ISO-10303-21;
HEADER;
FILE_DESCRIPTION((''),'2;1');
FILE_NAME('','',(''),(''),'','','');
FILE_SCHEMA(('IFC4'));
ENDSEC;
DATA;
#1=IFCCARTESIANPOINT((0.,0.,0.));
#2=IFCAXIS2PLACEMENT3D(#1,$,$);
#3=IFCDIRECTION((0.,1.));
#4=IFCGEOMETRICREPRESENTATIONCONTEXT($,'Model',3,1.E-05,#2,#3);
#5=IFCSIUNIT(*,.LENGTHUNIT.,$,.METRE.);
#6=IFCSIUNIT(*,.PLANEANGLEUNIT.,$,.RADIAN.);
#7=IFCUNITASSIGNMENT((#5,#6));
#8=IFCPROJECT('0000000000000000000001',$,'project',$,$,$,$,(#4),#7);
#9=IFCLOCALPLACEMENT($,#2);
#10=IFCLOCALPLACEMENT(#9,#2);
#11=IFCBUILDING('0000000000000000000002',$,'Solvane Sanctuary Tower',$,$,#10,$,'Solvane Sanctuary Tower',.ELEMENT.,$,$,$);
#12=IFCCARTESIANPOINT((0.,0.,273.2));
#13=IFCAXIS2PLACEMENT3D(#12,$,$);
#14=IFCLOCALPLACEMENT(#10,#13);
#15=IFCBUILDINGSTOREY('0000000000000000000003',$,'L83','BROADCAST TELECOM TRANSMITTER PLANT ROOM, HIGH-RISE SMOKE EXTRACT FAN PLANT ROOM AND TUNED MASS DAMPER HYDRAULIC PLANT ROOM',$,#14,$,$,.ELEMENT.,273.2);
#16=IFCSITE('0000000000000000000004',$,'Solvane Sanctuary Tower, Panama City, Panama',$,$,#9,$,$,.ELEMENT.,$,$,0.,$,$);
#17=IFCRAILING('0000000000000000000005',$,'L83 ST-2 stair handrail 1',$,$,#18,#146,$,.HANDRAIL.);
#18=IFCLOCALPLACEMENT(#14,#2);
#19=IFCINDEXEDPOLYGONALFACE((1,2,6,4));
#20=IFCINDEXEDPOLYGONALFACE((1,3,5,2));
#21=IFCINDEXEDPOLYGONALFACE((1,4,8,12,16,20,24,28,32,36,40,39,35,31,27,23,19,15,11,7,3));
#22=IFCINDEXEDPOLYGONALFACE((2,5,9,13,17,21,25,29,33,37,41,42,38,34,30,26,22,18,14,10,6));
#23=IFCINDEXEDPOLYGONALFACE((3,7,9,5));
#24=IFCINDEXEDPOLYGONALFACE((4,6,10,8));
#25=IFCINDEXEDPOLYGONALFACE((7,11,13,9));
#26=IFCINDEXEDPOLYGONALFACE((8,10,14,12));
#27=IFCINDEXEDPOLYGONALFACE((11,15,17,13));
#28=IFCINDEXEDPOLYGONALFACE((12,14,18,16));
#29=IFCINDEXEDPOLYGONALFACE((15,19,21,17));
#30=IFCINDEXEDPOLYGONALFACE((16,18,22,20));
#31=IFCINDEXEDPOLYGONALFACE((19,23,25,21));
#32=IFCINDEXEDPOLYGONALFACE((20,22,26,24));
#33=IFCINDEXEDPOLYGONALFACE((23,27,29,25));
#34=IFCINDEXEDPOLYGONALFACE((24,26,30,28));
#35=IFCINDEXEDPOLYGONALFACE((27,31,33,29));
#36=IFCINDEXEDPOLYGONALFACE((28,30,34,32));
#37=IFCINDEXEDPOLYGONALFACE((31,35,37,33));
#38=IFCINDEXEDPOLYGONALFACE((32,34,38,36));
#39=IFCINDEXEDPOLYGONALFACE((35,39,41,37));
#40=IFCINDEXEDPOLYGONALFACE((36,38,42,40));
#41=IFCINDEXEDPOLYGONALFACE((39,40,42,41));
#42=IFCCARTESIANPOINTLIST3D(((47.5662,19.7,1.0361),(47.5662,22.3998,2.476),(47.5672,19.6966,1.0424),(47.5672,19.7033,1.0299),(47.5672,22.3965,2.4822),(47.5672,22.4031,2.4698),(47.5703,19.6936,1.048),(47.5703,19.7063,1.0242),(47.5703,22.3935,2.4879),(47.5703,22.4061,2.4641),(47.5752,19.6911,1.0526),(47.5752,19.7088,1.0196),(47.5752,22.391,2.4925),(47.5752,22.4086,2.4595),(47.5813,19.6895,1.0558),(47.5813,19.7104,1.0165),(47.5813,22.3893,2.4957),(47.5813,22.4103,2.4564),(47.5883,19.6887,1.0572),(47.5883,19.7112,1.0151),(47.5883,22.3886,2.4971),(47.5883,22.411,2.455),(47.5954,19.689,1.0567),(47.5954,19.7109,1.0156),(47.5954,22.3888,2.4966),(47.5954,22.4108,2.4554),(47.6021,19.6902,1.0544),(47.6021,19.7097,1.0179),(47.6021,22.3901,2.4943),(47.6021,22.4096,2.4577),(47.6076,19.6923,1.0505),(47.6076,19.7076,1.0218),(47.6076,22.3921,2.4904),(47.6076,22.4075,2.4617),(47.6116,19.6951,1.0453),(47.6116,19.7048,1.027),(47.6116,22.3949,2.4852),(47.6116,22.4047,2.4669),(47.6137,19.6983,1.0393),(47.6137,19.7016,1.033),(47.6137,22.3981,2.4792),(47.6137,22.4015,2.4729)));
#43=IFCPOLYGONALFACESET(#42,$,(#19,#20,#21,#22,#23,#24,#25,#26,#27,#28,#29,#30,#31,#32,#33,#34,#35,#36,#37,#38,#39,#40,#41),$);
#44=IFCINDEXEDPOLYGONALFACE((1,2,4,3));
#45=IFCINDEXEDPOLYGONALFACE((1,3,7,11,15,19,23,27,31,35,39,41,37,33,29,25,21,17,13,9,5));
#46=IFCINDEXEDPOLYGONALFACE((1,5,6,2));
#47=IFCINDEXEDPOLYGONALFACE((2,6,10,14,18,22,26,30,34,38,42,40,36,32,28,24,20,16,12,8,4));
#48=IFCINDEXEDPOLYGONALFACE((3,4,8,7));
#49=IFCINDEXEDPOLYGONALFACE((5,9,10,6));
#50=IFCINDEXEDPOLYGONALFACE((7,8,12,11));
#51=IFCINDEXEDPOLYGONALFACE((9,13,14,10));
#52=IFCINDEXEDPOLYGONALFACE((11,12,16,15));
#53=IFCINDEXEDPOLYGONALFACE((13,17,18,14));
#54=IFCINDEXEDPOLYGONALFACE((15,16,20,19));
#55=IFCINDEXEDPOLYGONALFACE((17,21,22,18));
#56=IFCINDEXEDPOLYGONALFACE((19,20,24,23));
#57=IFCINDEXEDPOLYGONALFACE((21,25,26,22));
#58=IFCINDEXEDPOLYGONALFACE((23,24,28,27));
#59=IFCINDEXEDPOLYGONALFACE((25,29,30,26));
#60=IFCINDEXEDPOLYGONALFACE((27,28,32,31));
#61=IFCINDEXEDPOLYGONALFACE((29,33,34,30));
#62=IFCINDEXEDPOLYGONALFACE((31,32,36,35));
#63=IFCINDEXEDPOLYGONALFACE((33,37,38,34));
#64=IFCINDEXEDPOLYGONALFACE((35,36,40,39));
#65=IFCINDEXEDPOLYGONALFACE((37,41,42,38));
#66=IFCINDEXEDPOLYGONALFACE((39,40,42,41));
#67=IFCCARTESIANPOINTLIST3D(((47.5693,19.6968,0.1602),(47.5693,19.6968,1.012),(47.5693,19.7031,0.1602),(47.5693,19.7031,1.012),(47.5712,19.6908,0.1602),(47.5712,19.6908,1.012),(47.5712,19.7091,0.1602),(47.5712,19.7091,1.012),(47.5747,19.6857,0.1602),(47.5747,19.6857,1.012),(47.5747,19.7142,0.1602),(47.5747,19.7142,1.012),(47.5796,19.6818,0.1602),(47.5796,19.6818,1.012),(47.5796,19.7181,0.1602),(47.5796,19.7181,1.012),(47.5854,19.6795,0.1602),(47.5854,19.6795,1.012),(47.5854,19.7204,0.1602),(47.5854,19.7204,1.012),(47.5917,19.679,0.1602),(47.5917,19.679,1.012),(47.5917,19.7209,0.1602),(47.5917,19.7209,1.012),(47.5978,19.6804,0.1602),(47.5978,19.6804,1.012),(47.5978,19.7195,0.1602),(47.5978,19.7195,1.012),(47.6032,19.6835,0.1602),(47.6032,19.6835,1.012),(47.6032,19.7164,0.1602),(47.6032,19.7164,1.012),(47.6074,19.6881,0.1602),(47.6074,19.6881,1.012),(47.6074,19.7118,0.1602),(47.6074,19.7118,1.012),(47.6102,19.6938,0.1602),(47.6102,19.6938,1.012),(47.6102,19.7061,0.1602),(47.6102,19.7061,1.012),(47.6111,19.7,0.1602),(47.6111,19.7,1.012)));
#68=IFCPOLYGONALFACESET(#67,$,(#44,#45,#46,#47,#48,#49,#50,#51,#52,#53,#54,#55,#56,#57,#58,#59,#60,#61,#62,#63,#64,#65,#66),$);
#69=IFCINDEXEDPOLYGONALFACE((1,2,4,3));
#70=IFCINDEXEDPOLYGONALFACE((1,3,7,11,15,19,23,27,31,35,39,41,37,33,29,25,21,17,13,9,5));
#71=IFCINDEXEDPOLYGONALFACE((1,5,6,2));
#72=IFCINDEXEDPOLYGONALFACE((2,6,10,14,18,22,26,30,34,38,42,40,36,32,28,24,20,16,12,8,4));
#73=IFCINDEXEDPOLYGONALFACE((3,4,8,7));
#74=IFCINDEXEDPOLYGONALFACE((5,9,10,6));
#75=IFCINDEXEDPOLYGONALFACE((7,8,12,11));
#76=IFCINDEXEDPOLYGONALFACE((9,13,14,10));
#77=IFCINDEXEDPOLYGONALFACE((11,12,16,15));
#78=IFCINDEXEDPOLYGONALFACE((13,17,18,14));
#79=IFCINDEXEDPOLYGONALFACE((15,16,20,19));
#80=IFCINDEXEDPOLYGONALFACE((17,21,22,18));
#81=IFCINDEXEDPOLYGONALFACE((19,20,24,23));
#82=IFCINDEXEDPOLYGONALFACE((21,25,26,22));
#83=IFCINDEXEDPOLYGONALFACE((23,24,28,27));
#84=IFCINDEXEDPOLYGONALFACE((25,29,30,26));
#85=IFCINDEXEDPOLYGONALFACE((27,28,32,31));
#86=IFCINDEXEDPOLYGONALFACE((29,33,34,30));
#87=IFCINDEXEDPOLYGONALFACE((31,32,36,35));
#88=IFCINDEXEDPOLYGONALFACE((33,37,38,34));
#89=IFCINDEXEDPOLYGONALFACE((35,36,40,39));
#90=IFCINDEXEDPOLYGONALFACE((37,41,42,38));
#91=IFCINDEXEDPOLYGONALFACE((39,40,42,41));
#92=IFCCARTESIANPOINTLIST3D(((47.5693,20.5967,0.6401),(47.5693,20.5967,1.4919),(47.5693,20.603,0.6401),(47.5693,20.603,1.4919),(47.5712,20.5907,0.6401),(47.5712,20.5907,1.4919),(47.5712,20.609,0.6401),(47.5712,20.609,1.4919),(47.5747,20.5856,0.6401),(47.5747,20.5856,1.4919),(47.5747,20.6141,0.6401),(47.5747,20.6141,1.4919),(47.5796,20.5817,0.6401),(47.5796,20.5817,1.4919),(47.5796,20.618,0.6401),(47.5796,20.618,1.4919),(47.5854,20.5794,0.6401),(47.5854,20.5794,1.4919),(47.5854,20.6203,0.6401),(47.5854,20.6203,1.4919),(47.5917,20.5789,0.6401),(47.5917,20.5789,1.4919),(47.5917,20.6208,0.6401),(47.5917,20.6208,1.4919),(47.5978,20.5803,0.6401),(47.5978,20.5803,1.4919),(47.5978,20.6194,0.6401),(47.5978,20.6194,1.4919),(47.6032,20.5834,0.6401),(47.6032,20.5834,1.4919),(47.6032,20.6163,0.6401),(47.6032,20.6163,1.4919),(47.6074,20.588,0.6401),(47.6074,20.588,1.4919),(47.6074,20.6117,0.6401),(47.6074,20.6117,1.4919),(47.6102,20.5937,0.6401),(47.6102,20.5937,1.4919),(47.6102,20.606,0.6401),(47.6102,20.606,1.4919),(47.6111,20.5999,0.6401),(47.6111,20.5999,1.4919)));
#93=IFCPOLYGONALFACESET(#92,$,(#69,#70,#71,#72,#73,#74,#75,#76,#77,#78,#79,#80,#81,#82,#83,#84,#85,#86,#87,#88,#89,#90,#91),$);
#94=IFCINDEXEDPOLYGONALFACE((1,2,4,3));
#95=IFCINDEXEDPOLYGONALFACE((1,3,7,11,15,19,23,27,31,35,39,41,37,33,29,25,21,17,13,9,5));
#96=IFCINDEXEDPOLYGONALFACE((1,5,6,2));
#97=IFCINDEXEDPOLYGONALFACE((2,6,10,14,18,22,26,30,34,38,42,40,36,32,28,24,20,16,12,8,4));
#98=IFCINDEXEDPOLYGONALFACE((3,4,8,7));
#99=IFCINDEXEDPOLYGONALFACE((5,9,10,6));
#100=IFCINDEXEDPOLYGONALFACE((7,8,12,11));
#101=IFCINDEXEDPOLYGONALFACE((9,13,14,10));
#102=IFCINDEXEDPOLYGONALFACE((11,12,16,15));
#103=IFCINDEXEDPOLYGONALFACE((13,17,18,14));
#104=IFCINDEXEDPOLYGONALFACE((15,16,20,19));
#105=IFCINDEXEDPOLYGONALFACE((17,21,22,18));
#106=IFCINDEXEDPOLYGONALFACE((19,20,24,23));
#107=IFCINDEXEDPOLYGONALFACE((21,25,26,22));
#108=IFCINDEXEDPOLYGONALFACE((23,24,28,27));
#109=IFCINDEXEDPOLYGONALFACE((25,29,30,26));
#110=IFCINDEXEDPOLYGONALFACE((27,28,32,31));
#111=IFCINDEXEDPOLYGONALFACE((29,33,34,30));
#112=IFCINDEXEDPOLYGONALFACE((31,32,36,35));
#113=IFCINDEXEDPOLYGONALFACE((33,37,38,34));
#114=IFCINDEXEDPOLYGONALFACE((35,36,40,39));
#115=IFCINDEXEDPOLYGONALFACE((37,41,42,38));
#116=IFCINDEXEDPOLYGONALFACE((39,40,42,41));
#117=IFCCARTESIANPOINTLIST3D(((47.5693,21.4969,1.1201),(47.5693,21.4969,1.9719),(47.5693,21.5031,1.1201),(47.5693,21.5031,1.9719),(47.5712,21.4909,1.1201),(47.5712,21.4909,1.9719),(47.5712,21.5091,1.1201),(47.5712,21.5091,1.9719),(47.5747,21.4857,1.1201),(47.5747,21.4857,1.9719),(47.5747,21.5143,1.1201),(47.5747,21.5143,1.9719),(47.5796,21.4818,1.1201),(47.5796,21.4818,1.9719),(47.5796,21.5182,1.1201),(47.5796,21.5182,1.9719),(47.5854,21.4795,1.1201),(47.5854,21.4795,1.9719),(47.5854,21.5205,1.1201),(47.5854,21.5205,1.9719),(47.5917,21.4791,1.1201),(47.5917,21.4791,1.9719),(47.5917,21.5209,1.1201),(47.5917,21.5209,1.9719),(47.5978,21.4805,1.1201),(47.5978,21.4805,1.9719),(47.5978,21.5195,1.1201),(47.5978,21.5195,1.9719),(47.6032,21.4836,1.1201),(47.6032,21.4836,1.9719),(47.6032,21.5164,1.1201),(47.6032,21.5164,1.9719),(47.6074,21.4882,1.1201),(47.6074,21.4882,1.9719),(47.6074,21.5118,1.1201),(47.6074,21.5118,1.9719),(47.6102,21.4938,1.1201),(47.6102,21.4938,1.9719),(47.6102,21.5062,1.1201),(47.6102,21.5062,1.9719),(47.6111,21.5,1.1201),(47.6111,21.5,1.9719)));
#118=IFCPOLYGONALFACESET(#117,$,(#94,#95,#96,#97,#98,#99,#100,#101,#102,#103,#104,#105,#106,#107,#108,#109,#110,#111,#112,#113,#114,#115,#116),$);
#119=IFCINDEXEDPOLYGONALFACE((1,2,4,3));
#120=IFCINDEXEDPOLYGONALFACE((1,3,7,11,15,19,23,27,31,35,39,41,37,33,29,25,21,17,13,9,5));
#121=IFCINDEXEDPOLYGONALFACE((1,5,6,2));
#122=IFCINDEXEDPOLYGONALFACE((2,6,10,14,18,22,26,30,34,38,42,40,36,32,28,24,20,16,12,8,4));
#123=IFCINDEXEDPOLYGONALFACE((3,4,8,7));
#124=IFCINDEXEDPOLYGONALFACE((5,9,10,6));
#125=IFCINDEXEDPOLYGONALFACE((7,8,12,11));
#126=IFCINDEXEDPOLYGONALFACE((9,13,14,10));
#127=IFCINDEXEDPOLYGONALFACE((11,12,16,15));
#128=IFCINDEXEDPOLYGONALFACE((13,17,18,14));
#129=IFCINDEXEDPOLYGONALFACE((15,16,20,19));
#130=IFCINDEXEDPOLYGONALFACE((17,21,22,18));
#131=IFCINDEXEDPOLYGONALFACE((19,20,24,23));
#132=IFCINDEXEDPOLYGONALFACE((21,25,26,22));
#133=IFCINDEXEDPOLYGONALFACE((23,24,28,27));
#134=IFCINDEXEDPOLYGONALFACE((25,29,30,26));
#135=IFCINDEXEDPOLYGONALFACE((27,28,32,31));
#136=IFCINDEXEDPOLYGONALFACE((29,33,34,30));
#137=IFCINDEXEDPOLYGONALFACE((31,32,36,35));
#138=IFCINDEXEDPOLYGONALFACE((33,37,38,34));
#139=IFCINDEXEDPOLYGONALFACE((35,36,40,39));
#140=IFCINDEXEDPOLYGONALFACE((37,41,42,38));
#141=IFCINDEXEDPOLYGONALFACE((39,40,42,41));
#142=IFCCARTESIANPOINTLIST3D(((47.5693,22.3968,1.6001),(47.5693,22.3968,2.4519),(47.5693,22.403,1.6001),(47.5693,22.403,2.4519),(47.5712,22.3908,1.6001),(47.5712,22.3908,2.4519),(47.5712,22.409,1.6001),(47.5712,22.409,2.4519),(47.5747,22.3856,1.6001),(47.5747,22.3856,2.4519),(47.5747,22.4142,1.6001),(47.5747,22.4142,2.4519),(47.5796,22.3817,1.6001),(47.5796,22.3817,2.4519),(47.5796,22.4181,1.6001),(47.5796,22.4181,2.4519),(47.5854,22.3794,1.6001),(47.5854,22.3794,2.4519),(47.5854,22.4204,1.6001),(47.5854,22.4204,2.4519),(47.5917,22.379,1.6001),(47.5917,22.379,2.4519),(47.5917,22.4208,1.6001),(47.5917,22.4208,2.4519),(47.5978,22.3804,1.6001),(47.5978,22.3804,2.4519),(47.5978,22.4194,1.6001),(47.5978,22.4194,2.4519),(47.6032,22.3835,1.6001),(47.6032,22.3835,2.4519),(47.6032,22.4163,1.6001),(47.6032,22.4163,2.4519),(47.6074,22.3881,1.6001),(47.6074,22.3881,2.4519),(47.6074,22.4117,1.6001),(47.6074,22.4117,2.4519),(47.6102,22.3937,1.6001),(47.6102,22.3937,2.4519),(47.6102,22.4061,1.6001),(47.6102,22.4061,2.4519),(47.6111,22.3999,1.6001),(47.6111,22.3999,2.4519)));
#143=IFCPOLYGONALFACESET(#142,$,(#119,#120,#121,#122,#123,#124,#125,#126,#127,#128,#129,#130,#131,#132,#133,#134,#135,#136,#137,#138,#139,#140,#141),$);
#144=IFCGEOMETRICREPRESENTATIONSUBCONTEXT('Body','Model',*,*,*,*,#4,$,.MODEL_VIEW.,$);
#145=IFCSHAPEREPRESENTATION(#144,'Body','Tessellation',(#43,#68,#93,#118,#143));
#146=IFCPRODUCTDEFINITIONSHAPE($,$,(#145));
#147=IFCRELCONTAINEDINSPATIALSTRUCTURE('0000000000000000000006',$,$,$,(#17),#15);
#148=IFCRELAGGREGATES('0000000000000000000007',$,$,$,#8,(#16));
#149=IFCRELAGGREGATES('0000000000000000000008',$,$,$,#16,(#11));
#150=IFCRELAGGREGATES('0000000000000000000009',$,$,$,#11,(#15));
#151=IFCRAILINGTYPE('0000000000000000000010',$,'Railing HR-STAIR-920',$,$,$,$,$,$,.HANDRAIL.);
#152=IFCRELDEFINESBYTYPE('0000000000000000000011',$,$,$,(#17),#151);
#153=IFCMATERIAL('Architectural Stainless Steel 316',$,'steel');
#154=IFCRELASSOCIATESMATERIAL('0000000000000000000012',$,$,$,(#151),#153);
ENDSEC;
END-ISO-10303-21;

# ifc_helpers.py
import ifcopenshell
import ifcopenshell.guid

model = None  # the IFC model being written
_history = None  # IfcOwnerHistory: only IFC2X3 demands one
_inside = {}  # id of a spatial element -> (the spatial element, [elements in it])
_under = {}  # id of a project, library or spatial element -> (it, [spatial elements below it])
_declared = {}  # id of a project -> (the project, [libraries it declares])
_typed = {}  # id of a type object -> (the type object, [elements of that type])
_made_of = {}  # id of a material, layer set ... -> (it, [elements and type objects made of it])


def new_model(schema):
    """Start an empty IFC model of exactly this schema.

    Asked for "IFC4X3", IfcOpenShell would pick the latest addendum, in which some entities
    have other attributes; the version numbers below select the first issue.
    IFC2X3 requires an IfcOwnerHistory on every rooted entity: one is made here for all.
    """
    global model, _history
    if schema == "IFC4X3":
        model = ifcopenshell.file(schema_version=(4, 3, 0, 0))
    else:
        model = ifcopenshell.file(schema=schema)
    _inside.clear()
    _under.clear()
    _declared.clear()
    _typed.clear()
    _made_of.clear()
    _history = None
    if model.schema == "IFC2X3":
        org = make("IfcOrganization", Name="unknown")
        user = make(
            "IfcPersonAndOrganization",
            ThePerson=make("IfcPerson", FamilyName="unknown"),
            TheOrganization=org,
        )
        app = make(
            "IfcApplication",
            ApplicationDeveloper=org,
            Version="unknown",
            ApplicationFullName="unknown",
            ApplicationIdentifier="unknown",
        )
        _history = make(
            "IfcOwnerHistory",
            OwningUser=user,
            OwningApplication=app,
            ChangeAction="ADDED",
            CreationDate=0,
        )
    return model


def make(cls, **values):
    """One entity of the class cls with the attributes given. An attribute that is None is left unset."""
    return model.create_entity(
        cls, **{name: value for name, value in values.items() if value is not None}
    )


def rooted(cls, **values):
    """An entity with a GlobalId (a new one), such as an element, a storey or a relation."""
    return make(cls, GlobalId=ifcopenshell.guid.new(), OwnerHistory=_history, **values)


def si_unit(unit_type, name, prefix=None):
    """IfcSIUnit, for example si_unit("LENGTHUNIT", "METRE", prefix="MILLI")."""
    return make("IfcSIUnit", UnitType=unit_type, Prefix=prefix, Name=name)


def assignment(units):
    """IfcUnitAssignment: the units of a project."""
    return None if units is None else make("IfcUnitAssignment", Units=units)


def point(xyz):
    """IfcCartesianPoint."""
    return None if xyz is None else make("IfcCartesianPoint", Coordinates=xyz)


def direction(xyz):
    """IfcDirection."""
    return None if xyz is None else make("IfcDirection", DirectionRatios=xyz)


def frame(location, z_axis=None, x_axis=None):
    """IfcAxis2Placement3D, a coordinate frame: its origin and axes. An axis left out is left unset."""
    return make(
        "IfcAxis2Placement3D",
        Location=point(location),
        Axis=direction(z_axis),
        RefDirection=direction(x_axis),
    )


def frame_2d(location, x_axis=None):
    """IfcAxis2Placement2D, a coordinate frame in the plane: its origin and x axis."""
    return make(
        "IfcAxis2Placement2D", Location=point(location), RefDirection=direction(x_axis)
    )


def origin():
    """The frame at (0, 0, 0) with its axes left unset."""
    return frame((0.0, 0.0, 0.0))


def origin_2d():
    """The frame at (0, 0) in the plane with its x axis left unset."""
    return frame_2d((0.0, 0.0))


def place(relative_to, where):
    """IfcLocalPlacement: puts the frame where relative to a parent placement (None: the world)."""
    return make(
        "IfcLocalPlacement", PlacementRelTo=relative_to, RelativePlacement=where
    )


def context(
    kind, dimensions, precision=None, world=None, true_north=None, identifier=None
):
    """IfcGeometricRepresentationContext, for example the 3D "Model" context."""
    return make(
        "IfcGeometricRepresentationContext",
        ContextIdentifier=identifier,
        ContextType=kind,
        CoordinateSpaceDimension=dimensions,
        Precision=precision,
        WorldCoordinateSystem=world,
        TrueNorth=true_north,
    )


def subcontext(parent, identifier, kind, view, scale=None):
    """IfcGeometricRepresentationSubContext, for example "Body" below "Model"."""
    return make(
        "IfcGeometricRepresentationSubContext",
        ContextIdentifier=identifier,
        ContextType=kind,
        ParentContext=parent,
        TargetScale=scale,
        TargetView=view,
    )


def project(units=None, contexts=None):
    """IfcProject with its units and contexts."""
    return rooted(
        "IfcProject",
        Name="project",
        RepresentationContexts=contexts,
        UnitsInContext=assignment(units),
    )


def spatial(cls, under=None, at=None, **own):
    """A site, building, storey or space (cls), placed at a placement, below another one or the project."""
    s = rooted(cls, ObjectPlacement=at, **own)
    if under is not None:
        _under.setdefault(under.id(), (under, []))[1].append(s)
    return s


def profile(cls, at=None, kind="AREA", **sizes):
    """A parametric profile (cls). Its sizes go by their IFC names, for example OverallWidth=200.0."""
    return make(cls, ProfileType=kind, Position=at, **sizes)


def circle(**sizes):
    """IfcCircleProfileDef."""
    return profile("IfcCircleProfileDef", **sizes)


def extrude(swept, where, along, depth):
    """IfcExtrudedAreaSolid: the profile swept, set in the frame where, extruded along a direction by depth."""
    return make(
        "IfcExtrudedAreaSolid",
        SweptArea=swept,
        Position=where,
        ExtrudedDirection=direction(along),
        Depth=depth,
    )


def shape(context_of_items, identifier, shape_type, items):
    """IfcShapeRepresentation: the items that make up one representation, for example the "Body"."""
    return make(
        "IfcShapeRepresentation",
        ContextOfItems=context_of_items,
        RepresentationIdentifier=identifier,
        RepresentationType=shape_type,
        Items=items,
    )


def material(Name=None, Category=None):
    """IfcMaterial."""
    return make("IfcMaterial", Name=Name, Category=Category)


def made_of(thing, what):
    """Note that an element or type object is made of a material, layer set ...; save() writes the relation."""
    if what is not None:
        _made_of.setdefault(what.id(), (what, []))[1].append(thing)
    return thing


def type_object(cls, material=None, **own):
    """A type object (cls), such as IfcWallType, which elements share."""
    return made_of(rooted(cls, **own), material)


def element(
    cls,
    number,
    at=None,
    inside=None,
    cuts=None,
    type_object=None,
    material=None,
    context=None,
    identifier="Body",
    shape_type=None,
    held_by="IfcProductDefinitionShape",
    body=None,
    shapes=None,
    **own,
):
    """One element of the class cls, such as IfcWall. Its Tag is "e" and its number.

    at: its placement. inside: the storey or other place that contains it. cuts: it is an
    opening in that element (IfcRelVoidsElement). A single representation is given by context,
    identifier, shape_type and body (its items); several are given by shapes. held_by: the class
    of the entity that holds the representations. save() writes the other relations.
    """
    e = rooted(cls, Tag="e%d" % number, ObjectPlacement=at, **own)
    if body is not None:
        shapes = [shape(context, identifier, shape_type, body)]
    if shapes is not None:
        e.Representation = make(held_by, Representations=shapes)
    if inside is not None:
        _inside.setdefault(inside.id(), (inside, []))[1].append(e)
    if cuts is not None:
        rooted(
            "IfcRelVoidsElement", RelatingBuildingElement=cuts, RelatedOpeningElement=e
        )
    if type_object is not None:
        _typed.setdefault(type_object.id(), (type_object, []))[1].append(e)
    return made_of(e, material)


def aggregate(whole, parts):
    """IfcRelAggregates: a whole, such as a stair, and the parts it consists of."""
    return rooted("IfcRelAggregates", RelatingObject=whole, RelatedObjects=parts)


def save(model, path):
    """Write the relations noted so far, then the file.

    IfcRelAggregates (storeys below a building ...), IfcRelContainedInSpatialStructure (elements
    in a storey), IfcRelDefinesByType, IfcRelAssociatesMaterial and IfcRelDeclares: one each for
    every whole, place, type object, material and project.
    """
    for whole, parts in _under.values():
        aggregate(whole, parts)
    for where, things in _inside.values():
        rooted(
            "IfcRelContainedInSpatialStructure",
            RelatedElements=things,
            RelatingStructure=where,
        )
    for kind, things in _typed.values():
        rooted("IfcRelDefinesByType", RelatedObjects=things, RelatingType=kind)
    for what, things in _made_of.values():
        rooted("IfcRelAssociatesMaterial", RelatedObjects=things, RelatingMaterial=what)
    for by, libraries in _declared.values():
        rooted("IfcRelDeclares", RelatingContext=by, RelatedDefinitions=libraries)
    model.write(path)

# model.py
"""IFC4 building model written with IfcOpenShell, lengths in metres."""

from ifc_helpers import new_model, si_unit, direction, frame, origin, origin_2d, place, context, subcontext, project, spatial, circle, extrude, material, type_object, element, save


model = new_model("IFC4")

# Units and contexts
model_context = context("Model", 3, precision=1e-05, world=origin(), true_north=direction((0.0, 1.0)))
body_context = subcontext(model_context, "Body", "Model", "MODEL_VIEW")
ifc_project = project(units=[si_unit("LENGTHUNIT", "METRE"), si_unit("PLANEANGLEUNIT", "RADIAN")], contexts=[model_context])

# Site, building, storey
site_placement = place(None, origin())
site = spatial("IfcSite", under=ifc_project, at=site_placement, Name="Solvane Sanctuary Tower, Panama City, Panama", CompositionType="ELEMENT", RefElevation=0.0)
building_placement = place(site_placement, origin())
building = spatial("IfcBuilding", under=site, at=building_placement, Name="Solvane Sanctuary Tower", LongName="Solvane Sanctuary Tower", CompositionType="ELEMENT")
storey_placement = place(building_placement, frame((0.0, 0.0, 273.2)))
storey = spatial("IfcBuildingStorey", under=building, at=storey_placement, Name="L83", Description="BROADCAST TELECOM TRANSMITTER PLANT ROOM, HIGH-RISE SMOKE EXTRACT FAN PLANT ROOM AND TUNED MASS DAMPER HYDRAULIC PLANT ROOM", CompositionType="ELEMENT", Elevation=273.2)

# Shared definitions
ifc_material_1 = material(Name="Architectural Stainless Steel 316", Category="steel")

# Railing
railing_type_1 = type_object("IfcRailingType", Name="Railing HR-STAIR-920", PredefinedType="HANDRAIL", material=ifc_material_1)
railing_1_placement = place(storey_placement, frame((47.5901, 19.7, 0.1602)))
element("IfcRailing", 1, at=railing_1_placement, inside=storey, type_object=railing_type_1, Name="L83 ST-2 stair handrail 1", PredefinedType="HANDRAIL", context=body_context, shape_type="SweptSolid", body=[
    extrude(circle(Radius=0.0239, at=origin_2d()), frame((0.0, 0.0, 0.876), z_axis=(0.0, 0.882357, 0.47058), x_axis=(-1.0, 0.0, 0.0)), (0.0, 0.0, 1.0), 3.0598),
    extrude(circle(Radius=0.021, at=origin_2d()), origin(), (0.0, 0.0, 1.0), 0.8518),
    extrude(circle(Radius=0.021, at=origin_2d()), frame((0.0, 0.8999, 0.48)), (0.0, 0.0, 1.0), 0.8518),
    extrude(circle(Radius=0.021, at=origin_2d()), frame((0.0, 1.8, 0.96)), (0.0, 0.0, 1.0), 0.8518),
    extrude(circle(Radius=0.021, at=origin_2d()), frame((0.0, 2.7, 1.4399)), (0.0, 0.0, 1.0), 0.8518),
])

save(model, "model.ifc")
